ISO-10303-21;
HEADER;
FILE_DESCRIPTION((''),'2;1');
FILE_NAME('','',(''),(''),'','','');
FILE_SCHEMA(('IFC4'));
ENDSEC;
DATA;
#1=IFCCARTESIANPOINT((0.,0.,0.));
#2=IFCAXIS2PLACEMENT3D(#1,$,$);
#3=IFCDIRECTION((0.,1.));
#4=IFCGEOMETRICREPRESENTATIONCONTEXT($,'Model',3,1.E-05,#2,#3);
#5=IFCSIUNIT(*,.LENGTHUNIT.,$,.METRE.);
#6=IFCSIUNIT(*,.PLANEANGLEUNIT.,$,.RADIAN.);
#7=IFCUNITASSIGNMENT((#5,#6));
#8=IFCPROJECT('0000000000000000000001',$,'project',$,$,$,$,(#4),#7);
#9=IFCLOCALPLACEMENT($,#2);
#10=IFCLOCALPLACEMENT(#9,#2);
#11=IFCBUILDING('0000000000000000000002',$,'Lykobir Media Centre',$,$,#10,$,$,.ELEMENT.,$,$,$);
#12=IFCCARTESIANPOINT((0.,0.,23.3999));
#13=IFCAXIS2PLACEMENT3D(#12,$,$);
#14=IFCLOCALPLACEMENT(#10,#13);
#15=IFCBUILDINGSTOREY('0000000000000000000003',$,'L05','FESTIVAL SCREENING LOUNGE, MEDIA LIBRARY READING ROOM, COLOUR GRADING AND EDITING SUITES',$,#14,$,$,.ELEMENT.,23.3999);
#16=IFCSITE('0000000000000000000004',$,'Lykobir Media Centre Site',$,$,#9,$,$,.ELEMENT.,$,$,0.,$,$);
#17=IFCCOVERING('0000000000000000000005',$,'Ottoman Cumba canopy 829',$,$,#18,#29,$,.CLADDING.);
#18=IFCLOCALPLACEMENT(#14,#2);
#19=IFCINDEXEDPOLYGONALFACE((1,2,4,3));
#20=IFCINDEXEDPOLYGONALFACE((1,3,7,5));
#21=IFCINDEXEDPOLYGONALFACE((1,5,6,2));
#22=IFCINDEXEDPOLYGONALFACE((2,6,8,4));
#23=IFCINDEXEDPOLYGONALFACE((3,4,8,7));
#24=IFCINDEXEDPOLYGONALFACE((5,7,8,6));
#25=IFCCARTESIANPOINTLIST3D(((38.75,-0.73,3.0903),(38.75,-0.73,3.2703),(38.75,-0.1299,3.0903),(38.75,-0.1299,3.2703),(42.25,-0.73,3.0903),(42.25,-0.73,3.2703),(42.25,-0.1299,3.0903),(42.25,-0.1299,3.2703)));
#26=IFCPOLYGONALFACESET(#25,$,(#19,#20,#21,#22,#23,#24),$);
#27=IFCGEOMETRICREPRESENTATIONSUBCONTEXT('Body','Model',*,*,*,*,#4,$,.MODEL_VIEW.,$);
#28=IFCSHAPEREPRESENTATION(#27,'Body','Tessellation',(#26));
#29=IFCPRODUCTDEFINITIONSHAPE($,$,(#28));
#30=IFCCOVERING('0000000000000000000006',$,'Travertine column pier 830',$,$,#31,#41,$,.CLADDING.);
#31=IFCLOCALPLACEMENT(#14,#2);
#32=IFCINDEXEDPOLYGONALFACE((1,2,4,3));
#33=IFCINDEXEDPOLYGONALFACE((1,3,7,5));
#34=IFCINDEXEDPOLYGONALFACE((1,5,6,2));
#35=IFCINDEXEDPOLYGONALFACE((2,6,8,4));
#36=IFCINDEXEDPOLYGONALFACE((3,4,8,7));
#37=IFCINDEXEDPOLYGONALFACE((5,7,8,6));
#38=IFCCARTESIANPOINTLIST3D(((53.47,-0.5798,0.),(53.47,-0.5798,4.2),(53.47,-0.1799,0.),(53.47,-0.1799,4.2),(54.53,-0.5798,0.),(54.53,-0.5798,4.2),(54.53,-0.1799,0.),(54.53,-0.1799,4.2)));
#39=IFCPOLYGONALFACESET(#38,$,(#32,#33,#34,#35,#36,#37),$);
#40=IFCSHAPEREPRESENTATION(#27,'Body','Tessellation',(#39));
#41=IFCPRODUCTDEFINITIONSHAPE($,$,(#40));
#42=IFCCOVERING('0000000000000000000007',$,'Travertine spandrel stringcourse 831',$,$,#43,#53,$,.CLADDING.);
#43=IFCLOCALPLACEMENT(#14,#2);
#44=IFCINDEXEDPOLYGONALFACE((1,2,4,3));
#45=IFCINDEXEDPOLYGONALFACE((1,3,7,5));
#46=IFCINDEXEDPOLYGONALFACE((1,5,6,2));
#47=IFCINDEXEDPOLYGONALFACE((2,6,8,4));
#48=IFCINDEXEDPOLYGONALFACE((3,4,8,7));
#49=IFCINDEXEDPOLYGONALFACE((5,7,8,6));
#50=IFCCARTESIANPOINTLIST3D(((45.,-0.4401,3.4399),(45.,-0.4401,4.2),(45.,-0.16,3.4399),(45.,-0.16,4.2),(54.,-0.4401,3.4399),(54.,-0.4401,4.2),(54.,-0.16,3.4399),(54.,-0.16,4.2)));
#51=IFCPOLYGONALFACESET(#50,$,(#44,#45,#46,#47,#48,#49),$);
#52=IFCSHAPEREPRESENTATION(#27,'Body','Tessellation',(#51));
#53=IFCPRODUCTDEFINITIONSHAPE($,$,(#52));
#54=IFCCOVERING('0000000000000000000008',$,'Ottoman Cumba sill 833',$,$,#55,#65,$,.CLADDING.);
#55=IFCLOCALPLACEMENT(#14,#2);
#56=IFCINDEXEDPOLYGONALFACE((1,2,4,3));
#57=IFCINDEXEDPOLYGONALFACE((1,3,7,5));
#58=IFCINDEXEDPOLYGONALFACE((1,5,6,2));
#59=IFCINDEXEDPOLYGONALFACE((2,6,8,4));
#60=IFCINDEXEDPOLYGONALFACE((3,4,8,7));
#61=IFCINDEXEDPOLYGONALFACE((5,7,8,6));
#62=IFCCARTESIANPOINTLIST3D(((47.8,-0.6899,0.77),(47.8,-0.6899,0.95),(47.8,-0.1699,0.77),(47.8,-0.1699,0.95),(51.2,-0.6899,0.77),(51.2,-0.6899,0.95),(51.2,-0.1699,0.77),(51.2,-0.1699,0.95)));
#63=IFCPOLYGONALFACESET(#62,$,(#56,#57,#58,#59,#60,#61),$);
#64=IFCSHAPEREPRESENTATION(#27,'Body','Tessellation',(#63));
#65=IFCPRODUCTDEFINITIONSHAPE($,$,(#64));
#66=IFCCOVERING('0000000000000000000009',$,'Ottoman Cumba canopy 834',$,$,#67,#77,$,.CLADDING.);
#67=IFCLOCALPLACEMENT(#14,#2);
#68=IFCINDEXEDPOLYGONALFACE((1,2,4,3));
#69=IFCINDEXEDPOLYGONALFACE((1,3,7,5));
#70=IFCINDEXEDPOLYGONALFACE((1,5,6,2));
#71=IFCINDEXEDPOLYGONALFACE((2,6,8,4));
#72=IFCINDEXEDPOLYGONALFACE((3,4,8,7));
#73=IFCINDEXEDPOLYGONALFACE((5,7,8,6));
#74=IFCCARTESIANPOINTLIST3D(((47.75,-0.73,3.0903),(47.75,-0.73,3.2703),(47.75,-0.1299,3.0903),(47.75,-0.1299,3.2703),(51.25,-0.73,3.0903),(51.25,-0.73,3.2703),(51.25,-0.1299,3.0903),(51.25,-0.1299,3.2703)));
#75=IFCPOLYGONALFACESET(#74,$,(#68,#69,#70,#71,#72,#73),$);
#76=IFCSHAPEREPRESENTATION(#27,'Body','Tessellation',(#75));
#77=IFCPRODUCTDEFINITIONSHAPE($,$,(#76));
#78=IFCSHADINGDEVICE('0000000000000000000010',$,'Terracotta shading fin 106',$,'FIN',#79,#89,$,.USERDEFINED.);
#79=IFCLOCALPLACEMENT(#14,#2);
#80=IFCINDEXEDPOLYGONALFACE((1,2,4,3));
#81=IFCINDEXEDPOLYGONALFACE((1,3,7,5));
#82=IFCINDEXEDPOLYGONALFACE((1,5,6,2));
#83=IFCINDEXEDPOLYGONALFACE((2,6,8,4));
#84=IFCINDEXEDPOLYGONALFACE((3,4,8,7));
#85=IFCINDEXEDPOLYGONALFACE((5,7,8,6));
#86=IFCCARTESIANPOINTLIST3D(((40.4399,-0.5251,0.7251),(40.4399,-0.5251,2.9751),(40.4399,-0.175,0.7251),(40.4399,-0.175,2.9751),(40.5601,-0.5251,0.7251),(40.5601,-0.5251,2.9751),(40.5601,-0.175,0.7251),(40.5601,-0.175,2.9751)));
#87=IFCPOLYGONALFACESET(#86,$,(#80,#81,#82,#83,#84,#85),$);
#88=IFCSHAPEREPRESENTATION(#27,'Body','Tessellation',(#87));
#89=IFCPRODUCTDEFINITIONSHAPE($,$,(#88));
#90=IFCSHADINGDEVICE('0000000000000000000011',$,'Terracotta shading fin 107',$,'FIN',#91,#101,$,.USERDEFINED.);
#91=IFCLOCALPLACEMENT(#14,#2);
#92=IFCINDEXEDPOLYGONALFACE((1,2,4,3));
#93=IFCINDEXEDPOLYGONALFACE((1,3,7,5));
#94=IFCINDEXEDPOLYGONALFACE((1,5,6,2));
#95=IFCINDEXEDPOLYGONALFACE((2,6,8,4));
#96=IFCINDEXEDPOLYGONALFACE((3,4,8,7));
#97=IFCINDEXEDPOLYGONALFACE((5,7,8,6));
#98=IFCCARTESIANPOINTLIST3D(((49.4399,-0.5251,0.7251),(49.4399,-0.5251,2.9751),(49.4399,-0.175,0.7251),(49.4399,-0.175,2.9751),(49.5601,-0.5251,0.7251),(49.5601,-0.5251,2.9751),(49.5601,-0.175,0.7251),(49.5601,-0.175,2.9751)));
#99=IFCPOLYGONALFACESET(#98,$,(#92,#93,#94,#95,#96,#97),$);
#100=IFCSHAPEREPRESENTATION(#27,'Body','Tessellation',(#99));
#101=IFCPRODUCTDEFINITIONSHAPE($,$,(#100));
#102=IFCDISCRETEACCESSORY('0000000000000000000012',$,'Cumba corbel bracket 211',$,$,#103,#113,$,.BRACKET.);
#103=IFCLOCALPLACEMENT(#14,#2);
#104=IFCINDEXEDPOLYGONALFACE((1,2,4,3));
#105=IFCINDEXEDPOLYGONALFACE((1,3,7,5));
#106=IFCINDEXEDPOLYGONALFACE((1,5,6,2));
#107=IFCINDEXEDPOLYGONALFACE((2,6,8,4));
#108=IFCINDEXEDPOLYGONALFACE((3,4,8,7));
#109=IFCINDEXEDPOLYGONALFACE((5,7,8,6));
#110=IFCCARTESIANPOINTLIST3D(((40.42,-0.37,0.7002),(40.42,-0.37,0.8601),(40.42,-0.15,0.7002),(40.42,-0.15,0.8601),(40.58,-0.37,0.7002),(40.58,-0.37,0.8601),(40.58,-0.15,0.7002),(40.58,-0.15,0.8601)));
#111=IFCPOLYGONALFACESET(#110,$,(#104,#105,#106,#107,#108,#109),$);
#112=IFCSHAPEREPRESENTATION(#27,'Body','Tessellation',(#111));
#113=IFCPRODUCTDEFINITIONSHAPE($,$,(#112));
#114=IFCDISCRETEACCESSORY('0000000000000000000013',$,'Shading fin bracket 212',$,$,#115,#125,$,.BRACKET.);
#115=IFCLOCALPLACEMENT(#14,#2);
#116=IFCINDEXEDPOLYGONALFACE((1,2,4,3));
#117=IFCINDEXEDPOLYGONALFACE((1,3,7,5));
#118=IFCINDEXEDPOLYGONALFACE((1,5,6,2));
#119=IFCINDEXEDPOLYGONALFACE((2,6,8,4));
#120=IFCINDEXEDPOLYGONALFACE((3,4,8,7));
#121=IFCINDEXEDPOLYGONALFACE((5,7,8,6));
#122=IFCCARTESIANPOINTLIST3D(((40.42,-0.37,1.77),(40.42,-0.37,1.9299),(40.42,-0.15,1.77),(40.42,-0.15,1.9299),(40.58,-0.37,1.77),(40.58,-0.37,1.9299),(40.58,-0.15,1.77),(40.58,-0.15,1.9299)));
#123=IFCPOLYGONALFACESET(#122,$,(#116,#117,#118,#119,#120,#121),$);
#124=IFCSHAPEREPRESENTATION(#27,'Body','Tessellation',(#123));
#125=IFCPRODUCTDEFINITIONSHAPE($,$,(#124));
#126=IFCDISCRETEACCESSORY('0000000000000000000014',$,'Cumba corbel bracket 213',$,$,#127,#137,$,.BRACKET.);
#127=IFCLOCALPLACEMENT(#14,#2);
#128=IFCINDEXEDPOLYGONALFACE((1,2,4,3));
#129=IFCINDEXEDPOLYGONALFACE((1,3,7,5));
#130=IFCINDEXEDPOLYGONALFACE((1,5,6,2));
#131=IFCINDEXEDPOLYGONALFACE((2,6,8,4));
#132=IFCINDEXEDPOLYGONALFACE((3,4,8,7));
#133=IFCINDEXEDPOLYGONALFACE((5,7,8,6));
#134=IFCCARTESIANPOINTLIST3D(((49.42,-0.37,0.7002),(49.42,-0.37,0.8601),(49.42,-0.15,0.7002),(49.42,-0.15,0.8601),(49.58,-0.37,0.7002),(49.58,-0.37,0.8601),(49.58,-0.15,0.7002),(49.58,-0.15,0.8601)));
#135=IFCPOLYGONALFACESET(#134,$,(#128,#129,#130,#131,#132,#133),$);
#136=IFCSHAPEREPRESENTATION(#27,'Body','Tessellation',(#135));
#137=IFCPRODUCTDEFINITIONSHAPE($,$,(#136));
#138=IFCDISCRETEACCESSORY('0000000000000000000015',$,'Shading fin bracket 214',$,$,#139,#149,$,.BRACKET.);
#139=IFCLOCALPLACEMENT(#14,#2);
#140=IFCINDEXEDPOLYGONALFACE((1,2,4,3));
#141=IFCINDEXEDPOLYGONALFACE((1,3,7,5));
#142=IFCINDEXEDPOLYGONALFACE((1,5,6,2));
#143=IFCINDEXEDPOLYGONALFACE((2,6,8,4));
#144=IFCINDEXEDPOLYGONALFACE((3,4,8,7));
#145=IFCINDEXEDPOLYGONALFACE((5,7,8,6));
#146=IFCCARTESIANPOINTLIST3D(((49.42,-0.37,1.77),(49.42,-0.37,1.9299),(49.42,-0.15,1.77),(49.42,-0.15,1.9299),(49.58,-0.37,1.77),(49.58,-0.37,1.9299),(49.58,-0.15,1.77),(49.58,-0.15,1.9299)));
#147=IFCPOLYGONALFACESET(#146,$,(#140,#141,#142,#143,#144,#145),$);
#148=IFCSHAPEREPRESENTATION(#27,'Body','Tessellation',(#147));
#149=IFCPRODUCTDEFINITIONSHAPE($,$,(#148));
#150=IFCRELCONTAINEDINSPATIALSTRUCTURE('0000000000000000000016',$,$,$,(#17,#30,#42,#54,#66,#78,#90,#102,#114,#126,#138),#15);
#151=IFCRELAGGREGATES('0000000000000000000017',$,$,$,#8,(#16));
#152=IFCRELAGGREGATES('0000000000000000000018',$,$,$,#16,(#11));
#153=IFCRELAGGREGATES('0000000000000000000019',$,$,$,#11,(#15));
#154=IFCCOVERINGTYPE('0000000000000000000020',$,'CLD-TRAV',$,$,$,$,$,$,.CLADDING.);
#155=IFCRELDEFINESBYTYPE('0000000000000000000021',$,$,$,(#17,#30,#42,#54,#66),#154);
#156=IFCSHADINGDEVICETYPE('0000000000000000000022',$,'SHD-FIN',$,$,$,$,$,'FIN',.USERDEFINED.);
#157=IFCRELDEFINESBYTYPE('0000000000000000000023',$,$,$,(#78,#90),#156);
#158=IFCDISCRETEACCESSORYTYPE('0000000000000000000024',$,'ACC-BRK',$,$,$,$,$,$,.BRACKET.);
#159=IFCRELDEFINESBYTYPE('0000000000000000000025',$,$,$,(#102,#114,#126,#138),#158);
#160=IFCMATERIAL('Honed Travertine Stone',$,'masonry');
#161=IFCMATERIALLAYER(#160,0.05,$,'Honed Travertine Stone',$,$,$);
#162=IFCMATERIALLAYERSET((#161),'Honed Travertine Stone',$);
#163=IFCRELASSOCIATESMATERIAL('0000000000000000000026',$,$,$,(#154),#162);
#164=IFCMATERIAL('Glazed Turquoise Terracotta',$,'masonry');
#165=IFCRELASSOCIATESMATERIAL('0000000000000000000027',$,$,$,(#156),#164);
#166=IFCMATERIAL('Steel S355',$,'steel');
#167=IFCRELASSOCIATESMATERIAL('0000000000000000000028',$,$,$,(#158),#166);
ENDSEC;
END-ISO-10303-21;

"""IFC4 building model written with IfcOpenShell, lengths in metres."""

from ifc_helpers import new_model, si_unit, direction, frame, origin, origin_2d, place, context, subcontext, project, spatial, rectangle, extrude, material, layer, layer_set, type_object, element, save


model = new_model("IFC4")

# Units and contexts
model_context = context("Model", 3, precision=1e-05, world=origin(), true_north=direction((0.0, 1.0)))
body_context = subcontext(model_context, "Body", "Model", "MODEL_VIEW")
ifc_project = project(units=[si_unit("LENGTHUNIT", "METRE"), si_unit("PLANEANGLEUNIT", "RADIAN")], contexts=[model_context])

# Site, building, storey
site_placement = place(None, origin())
site = spatial("IfcSite", under=ifc_project, at=site_placement, Name="Lykobir Media Centre Site", CompositionType="ELEMENT", RefElevation=0.0)
building_placement = place(site_placement, origin())
building = spatial("IfcBuilding", under=site, at=building_placement, Name="Lykobir Media Centre", CompositionType="ELEMENT")
storey_placement = place(building_placement, frame((0.0, 0.0, 23.3999)))
storey = spatial("IfcBuildingStorey", under=building, at=storey_placement, Name="L05", Description="FESTIVAL SCREENING LOUNGE, MEDIA LIBRARY READING ROOM, COLOUR GRADING AND EDITING SUITES", CompositionType="ELEMENT", Elevation=23.3999)

# Shared definitions
ifc_material_1 = material(Name="Steel S355", Category="steel")

# Coverings
ifc_material_2 = material(Name="Glazed Turquoise Terracotta", Category="masonry")
ifc_material_3 = material(Name="Honed Travertine Stone", Category="masonry")
ifc_layer_1 = layer(ifc_material_3, 0.05, Name="Honed Travertine Stone")
ifc_layer_set_1 = layer_set([ifc_layer_1], Name="Honed Travertine Stone")
covering_type_1 = type_object("IfcCoveringType", Name="CLD-TRAV", PredefinedType="CLADDING", material=ifc_layer_set_1)
covering_1_placement = place(storey_placement, frame((40.5, -0.4299, 3.0903), z_axis=(0.0, 0.0, 1.0), x_axis=(1.0, 0.0, 0.0)))
element("IfcCovering", 1, at=covering_1_placement, inside=storey, type_object=covering_type_1, Name="Ottoman Cumba canopy 829", PredefinedType="CLADDING", context=body_context, shape_type="SweptSolid", body=[
    extrude(rectangle(XDim=3.5, YDim=0.6001, at=origin_2d()), origin(), (0.0, 0.0, 1.0), 0.1799),
])
covering_2_placement = place(storey_placement, frame((54.0, -0.3799, 0.0), z_axis=(0.0, 0.0, 1.0), x_axis=(1.0, 0.0, 0.0)))
element("IfcCovering", 2, at=covering_2_placement, inside=storey, type_object=covering_type_1, Name="Travertine column pier 830", PredefinedType="CLADDING", context=body_context, shape_type="SweptSolid", body=[
    extrude(rectangle(XDim=1.0601, YDim=0.3999, at=origin_2d()), origin(), (0.0, 0.0, 1.0), 4.2),
])
covering_3_placement = place(storey_placement, frame((49.5, -0.3, 3.4399), z_axis=(0.0, 0.0, 1.0), x_axis=(1.0, 0.0, 0.0)))
element("IfcCovering", 3, at=covering_3_placement, inside=storey, type_object=covering_type_1, Name="Travertine spandrel stringcourse 831", PredefinedType="CLADDING", context=body_context, shape_type="SweptSolid", body=[
    extrude(rectangle(XDim=9.0, YDim=0.28, at=origin_2d()), origin(), (0.0, 0.0, 1.0), 0.76),
])
covering_4_placement = place(storey_placement, frame((49.5, -0.4299, 0.77), z_axis=(0.0, 0.0, 1.0), x_axis=(1.0, 0.0, 0.0)))
element("IfcCovering", 4, at=covering_4_placement, inside=storey, type_object=covering_type_1, Name="Ottoman Cumba sill 833", PredefinedType="CLADDING", context=body_context, shape_type="SweptSolid", body=[
    extrude(rectangle(XDim=3.3999, YDim=0.52, at=origin_2d()), origin(), (0.0, 0.0, 1.0), 0.1799),
])
covering_5_placement = place(storey_placement, frame((49.5, -0.4299, 3.0903), z_axis=(0.0, 0.0, 1.0), x_axis=(1.0, 0.0, 0.0)))
element("IfcCovering", 5, at=covering_5_placement, inside=storey, type_object=covering_type_1, Name="Ottoman Cumba canopy 834", PredefinedType="CLADDING", context=body_context, shape_type="SweptSolid", body=[
    extrude(rectangle(XDim=3.5, YDim=0.6001, at=origin_2d()), origin(), (0.0, 0.0, 1.0), 0.1799),
])

# Shading devices
shading_device_type = type_object("IfcShadingDeviceType", Name="SHD-FIN", ElementType="FIN", PredefinedType="USERDEFINED", material=ifc_material_2)
for number, where, z_axis, x_axis, name in (
    (6, (40.5, -0.3501, 0.7251), (0.0, 0.0, 1.0), (1.0, 0.0, 0.0), "Terracotta shading fin 106"),
    (7, (49.5, -0.3501, 0.7251), (0.0, 0.0, 1.0), (1.0, 0.0, 0.0), "Terracotta shading fin 107"),
):
    element("IfcShadingDevice", number, at=place(storey_placement, frame(where, z_axis=z_axis, x_axis=x_axis)), inside=storey, type_object=shading_device_type, Name=name, ObjectType="FIN", PredefinedType="USERDEFINED", context=body_context, shape_type="SweptSolid", body=[
        extrude(rectangle(XDim=0.1201, YDim=0.3501, at=origin_2d()), origin(), (0.0, 0.0, 1.0), 2.25),
    ])

# Discrete accessories
discrete_accessory_type = type_object("IfcDiscreteAccessoryType", Name="ACC-BRK", PredefinedType="BRACKET", material=ifc_material_1)
for number, where, z_axis, x_axis, name in (
    (8, (40.5, -0.26, 0.7002), (0.0, 0.0, 1.0), (1.0, 0.0, 0.0), "Cumba corbel bracket 211"),
    (9, (40.5, -0.26, 1.77), (0.0, 0.0, 1.0), (1.0, 0.0, 0.0), "Shading fin bracket 212"),
    (10, (49.5, -0.26, 0.7002), (0.0, 0.0, 1.0), (1.0, 0.0, 0.0), "Cumba corbel bracket 213"),
    (11, (49.5, -0.26, 1.77), (0.0, 0.0, 1.0), (1.0, 0.0, 0.0), "Shading fin bracket 214"),
):
    element("IfcDiscreteAccessory", number, at=place(storey_placement, frame(where, z_axis=z_axis, x_axis=x_axis)), inside=storey, type_object=discrete_accessory_type, Name=name, PredefinedType="BRACKET", context=body_context, shape_type="SweptSolid", body=[
        extrude(rectangle(XDim=0.1599, YDim=0.22, at=origin_2d()), origin(), (0.0, 0.0, 1.0), 0.1599),
    ])

save(model, "model.ifc")
